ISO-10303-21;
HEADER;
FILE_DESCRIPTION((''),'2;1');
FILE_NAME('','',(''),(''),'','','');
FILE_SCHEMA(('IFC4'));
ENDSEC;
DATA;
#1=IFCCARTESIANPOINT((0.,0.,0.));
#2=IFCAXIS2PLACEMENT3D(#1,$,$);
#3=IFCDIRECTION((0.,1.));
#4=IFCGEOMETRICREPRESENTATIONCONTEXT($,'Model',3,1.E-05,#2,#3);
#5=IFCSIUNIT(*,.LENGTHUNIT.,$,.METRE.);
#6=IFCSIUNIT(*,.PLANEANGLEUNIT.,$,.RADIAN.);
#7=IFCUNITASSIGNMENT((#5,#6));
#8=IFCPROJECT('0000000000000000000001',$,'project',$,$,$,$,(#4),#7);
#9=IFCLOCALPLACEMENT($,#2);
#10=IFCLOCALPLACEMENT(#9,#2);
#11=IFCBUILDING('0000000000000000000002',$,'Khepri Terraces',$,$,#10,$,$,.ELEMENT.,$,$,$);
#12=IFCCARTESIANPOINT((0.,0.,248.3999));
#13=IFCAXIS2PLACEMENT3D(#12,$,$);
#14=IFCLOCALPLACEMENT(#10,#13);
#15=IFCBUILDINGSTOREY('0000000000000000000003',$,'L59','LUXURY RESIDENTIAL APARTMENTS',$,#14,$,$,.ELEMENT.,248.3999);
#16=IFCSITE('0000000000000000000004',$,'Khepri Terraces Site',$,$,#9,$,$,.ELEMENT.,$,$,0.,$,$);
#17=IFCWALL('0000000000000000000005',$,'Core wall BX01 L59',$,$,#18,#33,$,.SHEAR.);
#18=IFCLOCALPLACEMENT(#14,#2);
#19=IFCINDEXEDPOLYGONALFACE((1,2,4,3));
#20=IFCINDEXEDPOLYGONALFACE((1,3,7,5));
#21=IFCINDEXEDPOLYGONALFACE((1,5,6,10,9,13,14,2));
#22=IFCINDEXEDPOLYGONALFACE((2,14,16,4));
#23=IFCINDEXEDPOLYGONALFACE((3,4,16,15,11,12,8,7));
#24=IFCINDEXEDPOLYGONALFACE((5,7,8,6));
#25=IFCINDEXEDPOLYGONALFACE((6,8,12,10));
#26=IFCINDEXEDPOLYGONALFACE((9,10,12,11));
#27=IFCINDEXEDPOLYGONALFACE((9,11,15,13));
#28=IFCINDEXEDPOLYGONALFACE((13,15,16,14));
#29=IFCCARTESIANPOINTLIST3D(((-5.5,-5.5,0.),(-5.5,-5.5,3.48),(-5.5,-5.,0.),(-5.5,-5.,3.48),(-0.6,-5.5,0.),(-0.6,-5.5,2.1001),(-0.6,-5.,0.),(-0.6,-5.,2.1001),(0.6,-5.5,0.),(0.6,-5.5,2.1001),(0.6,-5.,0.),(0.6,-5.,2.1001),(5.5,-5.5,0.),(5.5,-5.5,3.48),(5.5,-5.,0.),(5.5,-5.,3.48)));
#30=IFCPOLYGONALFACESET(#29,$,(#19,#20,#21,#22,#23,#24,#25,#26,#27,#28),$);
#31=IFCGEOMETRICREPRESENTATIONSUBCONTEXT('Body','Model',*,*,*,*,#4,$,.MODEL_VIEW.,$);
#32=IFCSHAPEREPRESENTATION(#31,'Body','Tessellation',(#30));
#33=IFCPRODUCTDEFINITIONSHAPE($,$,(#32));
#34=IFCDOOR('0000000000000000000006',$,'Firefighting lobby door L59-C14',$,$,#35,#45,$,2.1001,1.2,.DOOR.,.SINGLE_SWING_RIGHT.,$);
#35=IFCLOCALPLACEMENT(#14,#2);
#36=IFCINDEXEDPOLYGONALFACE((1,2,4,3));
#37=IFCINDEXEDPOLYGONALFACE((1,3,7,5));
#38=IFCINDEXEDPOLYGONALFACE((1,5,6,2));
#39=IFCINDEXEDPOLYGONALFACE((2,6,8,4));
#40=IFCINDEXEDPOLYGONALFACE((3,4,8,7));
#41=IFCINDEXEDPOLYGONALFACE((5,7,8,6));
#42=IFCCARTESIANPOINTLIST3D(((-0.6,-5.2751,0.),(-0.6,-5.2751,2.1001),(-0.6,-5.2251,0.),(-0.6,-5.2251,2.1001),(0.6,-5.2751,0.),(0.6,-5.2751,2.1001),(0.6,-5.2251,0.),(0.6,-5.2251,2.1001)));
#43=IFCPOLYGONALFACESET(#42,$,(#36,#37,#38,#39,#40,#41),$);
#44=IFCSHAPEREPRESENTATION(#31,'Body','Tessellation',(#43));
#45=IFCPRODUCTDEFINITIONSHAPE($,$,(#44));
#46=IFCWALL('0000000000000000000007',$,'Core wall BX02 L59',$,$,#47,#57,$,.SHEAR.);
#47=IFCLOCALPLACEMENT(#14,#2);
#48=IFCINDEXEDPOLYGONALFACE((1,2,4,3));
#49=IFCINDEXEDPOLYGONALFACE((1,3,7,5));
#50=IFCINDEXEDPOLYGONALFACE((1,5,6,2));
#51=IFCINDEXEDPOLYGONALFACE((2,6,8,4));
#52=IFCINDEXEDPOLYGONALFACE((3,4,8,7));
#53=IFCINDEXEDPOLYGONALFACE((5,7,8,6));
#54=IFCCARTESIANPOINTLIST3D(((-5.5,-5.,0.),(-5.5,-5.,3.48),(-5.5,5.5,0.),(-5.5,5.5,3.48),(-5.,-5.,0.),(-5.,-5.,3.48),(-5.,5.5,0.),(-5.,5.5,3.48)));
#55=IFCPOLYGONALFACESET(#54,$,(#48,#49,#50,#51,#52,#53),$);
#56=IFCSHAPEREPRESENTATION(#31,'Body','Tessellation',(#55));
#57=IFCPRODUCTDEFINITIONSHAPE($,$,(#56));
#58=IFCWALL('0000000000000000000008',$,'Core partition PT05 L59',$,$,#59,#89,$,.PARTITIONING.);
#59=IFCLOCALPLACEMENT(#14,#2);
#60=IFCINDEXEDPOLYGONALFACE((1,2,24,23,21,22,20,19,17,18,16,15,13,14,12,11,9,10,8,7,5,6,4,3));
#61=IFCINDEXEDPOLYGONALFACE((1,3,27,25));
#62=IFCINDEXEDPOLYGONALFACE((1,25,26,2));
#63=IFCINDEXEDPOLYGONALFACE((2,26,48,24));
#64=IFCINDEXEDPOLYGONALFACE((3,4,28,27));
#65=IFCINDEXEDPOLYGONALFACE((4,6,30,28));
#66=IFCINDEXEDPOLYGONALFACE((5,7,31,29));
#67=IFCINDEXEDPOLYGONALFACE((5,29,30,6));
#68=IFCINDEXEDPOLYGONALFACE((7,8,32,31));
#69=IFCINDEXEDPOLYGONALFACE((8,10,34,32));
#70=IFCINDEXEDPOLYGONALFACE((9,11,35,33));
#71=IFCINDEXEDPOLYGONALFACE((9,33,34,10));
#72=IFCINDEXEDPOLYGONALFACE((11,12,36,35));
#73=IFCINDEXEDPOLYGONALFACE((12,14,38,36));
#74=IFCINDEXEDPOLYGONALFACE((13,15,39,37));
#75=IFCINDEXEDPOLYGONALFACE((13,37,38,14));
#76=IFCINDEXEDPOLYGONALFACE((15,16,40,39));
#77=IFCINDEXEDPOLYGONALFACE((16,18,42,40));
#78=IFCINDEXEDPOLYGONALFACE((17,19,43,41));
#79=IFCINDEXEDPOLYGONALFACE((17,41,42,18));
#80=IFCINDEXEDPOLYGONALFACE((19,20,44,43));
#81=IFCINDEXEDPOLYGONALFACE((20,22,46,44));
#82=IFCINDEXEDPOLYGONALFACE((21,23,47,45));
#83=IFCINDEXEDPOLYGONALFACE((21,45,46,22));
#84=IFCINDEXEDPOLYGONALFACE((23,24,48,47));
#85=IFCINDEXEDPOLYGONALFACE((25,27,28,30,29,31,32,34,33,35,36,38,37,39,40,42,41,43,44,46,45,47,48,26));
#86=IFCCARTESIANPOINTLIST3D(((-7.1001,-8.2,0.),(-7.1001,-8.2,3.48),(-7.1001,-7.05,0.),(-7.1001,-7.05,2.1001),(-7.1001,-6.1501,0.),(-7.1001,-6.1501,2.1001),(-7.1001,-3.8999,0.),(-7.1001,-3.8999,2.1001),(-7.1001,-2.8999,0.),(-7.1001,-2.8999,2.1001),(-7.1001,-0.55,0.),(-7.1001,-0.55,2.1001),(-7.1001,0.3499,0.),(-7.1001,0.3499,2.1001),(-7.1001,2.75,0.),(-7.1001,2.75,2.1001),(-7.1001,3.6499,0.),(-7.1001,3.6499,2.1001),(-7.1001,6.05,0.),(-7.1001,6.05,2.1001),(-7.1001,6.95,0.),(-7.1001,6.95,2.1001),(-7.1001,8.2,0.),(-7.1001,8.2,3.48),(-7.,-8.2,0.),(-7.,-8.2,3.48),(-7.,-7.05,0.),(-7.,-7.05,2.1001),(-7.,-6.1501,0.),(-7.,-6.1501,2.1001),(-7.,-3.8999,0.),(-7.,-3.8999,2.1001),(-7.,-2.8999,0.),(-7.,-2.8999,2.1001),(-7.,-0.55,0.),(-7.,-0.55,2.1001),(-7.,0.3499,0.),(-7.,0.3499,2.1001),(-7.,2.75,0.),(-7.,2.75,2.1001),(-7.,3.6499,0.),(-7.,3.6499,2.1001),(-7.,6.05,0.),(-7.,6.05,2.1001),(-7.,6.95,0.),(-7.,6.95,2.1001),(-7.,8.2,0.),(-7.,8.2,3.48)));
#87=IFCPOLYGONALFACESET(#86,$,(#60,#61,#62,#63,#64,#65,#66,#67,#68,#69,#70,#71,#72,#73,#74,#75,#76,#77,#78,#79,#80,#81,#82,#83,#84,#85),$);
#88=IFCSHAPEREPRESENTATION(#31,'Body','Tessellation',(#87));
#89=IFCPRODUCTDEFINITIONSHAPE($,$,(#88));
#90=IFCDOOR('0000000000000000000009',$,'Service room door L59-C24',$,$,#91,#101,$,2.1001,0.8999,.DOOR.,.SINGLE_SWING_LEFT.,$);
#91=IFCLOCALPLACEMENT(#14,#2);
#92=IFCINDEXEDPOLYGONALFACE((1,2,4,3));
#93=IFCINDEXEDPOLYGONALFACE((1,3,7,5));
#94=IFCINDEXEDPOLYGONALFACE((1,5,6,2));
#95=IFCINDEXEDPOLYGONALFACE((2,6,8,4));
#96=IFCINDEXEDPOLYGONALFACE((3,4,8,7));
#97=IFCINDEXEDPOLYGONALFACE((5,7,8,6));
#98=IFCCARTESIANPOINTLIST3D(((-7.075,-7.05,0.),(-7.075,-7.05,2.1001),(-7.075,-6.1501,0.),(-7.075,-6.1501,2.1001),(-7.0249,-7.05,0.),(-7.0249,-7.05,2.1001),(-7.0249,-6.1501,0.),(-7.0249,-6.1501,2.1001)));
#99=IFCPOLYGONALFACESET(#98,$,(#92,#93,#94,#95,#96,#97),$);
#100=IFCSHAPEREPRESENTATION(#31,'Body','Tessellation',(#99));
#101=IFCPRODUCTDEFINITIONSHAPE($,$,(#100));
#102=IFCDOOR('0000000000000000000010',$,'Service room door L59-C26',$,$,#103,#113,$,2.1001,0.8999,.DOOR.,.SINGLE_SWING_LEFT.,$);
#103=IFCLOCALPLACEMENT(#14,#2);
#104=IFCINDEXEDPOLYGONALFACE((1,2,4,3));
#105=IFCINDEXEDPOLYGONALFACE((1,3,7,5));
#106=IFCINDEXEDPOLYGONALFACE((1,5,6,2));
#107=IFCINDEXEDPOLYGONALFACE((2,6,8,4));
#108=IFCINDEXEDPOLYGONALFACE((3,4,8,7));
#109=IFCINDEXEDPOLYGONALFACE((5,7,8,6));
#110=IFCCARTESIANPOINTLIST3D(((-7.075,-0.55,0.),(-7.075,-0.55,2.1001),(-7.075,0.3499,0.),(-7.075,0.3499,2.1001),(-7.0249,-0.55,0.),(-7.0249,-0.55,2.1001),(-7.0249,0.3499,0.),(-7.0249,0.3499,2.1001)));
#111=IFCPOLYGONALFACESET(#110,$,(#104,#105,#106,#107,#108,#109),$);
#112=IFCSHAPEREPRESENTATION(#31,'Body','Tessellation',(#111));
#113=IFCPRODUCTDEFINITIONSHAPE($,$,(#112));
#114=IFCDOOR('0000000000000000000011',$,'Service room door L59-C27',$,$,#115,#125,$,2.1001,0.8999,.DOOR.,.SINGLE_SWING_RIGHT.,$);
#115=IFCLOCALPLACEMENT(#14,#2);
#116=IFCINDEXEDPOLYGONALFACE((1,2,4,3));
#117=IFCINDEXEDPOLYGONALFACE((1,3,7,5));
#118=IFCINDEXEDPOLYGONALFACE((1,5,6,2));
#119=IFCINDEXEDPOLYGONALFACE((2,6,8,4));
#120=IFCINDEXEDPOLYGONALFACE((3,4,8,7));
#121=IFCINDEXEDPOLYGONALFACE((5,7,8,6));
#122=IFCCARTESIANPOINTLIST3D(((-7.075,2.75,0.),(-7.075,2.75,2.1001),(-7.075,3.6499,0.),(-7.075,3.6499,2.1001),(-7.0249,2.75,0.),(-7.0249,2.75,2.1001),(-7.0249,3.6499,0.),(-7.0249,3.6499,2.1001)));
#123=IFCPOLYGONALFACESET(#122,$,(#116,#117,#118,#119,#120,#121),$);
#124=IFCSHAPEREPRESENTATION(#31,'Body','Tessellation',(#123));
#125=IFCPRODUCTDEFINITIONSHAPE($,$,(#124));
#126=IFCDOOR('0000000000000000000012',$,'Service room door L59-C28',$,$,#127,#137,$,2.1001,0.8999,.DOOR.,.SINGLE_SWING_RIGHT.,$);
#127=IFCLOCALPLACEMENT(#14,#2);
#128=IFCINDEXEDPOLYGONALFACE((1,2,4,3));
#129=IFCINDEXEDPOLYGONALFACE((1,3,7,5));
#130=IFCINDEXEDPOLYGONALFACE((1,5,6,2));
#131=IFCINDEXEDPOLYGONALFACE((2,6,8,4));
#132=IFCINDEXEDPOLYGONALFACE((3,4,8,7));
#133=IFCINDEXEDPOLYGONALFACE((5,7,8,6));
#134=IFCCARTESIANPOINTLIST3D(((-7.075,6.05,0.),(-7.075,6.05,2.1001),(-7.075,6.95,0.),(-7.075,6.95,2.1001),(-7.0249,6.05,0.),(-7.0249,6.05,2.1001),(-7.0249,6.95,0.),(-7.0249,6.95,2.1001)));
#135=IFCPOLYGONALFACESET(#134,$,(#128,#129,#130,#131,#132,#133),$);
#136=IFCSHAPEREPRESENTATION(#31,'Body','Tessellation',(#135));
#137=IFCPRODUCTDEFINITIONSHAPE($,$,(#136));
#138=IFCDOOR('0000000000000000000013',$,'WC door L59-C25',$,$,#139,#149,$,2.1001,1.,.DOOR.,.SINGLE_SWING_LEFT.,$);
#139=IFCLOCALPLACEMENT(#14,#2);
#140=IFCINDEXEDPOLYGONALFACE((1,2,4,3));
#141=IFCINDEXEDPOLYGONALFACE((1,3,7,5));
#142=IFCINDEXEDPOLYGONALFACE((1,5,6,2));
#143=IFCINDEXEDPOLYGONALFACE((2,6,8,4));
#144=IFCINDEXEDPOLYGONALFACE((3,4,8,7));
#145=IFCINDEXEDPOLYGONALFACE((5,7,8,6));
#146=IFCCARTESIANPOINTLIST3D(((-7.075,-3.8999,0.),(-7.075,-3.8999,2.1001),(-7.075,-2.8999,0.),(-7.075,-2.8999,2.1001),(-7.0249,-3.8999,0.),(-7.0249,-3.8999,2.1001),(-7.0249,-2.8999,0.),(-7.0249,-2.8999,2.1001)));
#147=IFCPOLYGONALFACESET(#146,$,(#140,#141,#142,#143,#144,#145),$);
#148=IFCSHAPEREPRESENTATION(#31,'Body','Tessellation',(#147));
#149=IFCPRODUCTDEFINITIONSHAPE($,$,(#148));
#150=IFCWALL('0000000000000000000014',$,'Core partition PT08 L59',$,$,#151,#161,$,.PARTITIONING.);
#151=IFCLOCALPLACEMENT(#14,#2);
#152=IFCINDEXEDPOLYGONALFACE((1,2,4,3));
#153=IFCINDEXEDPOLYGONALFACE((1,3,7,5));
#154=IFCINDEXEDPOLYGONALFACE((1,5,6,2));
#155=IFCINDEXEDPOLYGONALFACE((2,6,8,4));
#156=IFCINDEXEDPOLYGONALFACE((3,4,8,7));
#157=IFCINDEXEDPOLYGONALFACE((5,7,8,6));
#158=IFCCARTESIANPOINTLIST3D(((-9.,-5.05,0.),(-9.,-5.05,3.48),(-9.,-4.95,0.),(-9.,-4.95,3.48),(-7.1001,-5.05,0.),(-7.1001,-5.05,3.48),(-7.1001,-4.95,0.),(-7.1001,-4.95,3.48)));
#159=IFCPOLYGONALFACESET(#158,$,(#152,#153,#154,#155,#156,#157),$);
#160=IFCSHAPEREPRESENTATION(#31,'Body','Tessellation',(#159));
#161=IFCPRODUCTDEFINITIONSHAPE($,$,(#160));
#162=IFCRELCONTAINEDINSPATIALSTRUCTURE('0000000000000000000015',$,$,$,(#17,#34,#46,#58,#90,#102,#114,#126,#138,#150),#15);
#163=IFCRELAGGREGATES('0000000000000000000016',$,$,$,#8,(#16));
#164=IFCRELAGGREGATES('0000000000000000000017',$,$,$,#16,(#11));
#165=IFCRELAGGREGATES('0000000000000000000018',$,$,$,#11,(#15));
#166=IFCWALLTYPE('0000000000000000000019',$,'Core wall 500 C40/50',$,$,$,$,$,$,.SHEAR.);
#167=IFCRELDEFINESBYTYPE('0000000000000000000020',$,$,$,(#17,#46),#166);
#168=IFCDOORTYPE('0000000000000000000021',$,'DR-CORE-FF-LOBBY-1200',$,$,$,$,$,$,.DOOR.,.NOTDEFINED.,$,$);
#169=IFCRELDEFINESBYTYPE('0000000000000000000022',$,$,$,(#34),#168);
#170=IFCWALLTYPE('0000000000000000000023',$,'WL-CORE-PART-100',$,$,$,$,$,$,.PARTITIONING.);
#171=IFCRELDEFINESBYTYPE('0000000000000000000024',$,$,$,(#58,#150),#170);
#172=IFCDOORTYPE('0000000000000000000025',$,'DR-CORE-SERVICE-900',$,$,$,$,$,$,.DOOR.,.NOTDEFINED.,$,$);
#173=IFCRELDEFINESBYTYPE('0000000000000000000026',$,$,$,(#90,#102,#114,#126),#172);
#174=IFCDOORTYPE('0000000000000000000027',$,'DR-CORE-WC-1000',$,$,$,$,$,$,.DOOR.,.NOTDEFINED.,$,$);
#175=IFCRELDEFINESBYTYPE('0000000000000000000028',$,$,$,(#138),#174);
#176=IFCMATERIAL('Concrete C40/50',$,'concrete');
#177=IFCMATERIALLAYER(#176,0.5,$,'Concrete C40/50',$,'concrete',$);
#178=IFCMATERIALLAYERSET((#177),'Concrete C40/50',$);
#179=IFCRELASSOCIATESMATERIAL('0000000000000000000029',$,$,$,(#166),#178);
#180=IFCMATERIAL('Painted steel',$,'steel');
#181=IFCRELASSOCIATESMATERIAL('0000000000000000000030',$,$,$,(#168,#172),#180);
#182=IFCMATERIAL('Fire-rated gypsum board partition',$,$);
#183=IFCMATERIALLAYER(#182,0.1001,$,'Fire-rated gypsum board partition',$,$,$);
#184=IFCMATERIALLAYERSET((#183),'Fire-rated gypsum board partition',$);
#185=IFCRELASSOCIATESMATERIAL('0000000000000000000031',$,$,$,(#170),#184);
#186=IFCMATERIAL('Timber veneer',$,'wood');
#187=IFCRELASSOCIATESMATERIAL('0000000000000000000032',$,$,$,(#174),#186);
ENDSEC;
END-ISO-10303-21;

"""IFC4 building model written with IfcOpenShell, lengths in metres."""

from ifc_helpers import new_model, si_unit, direction, frame, frame_2d, origin, place, context, subcontext, project, spatial, rectangle, extrude, material, layer, layer_set, type_object, element, fill, save


model = new_model("IFC4")

# Units and contexts
model_context = context("Model", 3, precision=1e-05, world=origin(), true_north=direction((0.0, 1.0)))
body_context = subcontext(model_context, "Body", "Model", "MODEL_VIEW")
ifc_project = project(units=[si_unit("LENGTHUNIT", "METRE"), si_unit("PLANEANGLEUNIT", "RADIAN")], contexts=[model_context])

# Site, building, storey
site_placement = place(None, origin())
site = spatial("IfcSite", under=ifc_project, at=site_placement, Name="Khepri Terraces Site", CompositionType="ELEMENT", RefElevation=0.0)
building_placement = place(site_placement, origin())
building = spatial("IfcBuilding", under=site, at=building_placement, Name="Khepri Terraces", CompositionType="ELEMENT")
storey_placement = place(building_placement, frame((0.0, 0.0, 248.3999)))
storey = spatial("IfcBuildingStorey", under=building, at=storey_placement, Name="L59", Description="LUXURY RESIDENTIAL APARTMENTS", CompositionType="ELEMENT", Elevation=248.3999)

# Shared definitions
ifc_material_1 = material(Name="Concrete C40/50", Category="concrete")

# Shared definitions
ifc_material_2 = material(Name="Painted steel", Category="steel")

# Wall, opening, door
ifc_layer_1 = layer(ifc_material_1, 0.5, Name="Concrete C40/50", Category="concrete")
ifc_layer_set_1 = layer_set([ifc_layer_1], Name="Concrete C40/50")
wall_type_1 = type_object("IfcWallType", Name="Core wall 500 C40/50", PredefinedType="SHEAR", material=ifc_layer_set_1)
wall_1_placement = place(storey_placement, frame((-5.5, -5.25, 0.0), z_axis=(0.0, 0.0, 1.0), x_axis=(1.0, 0.0, 0.0)))
wall_1 = element("IfcWall", 1, at=wall_1_placement, inside=storey, type_object=wall_type_1, Name="Core wall BX01 L59", PredefinedType="SHEAR", context=body_context, shape_type="SweptSolid", body=[
    extrude(rectangle(XDim=11.0, YDim=0.5, at=frame_2d((5.5, 0.0))), origin(), (0.0, 0.0, 1.0), 3.48),
])
opening_1_placement = place(wall_1_placement, frame((4.8999, 0.0, 0.0)))
opening_1 = element("IfcOpeningElement", 2, at=opening_1_placement, cuts=wall_1, PredefinedType="OPENING", context=body_context, shape_type="SweptSolid", body=[
    extrude(rectangle(XDim=1.2, YDim=2.1001, at=frame_2d((0.6001, 1.05))), frame((0.0, 0.26, 0.0), z_axis=(0.0, -1.0, 0.0), x_axis=(1.0, 0.0, 0.0)), (0.0, 0.0, 1.0), 0.52),
])
door_type_1 = type_object("IfcDoorType", Name="DR-CORE-FF-LOBBY-1200", OperationType="NOTDEFINED", PredefinedType="DOOR", material=ifc_material_2)
door_1_placement = place(opening_1_placement, origin())
door_1 = element("IfcDoor", 3, at=door_1_placement, inside=storey, type_object=door_type_1, Name="Firefighting lobby door L59-C14", OperationType="SINGLE_SWING_RIGHT", OverallHeight=2.1001, OverallWidth=1.2, PredefinedType="DOOR", context=body_context, shape_type="SweptSolid", body=[
    extrude(rectangle(XDim=1.2, YDim=2.1001, at=frame_2d((0.6001, 1.05))), frame((0.0, 0.0249, 0.0), z_axis=(0.0, -1.0, 0.0), x_axis=(1.0, 0.0, 0.0)), (0.0, 0.0, 1.0), 0.05),
])
fill(opening_1, door_1)

# Wall
wall_2_placement = place(storey_placement, frame((-5.25, -5.0, 0.0), z_axis=(0.0, 0.0, 1.0), x_axis=(0.0, 1.0, 0.0)))
element("IfcWall", 4, at=wall_2_placement, inside=storey, type_object=wall_type_1, Name="Core wall BX02 L59", PredefinedType="SHEAR", context=body_context, shape_type="SweptSolid", body=[
    extrude(rectangle(XDim=10.5, YDim=0.5, at=frame_2d((5.25, 0.0))), origin(), (0.0, 0.0, 1.0), 3.48),
])

# Wall, openings, doors
ifc_material_3 = material(Name="Fire-rated gypsum board partition")
ifc_layer_2 = layer(ifc_material_3, 0.1001, Name="Fire-rated gypsum board partition")
ifc_layer_set_2 = layer_set([ifc_layer_2], Name="Fire-rated gypsum board partition")
wall_type_2 = type_object("IfcWallType", Name="WL-CORE-PART-100", PredefinedType="PARTITIONING", material=ifc_layer_set_2)
wall_3_placement = place(storey_placement, frame((-7.05, -8.2, 0.0), z_axis=(0.0, 0.0, 1.0), x_axis=(0.0, 1.0, 0.0)))
wall_3 = element("IfcWall", 5, at=wall_3_placement, inside=storey, type_object=wall_type_2, Name="Core partition PT05 L59", PredefinedType="PARTITIONING", context=body_context, shape_type="SweptSolid", body=[
    extrude(rectangle(XDim=16.3999, YDim=0.1001, at=frame_2d((8.2, 0.0))), origin(), (0.0, 0.0, 1.0), 3.48),
])
opening_2_placement = place(wall_3_placement, frame((1.1499, 0.0, 0.0)))
opening_2 = element("IfcOpeningElement", 6, at=opening_2_placement, cuts=wall_3, PredefinedType="OPENING", context=body_context, shape_type="SweptSolid", body=[
    extrude(rectangle(XDim=0.8999, YDim=2.1001, at=frame_2d((0.45, 1.05))), frame((0.0, 0.0601, 0.0), z_axis=(0.0, -1.0, 0.0), x_axis=(1.0, 0.0, 0.0)), (0.0, 0.0, 1.0), 0.1201),
])
opening_3_placement = place(wall_3_placement, frame((4.3, 0.0, 0.0)))
opening_3 = element("IfcOpeningElement", 7, at=opening_3_placement, cuts=wall_3, PredefinedType="OPENING", context=body_context, shape_type="SweptSolid", body=[
    extrude(rectangle(XDim=1.0, YDim=2.1001, at=frame_2d((0.5, 1.05))), frame((0.0, 0.0601, 0.0), z_axis=(0.0, -1.0, 0.0), x_axis=(1.0, 0.0, 0.0)), (0.0, 0.0, 1.0), 0.1201),
])
opening_4_placement = place(wall_3_placement, frame((7.6499, 0.0, 0.0)))
opening_4 = element("IfcOpeningElement", 8, at=opening_4_placement, cuts=wall_3, PredefinedType="OPENING", context=body_context, shape_type="SweptSolid", body=[
    extrude(rectangle(XDim=0.8999, YDim=2.1001, at=frame_2d((0.45, 1.05))), frame((0.0, 0.0601, 0.0), z_axis=(0.0, -1.0, 0.0), x_axis=(1.0, 0.0, 0.0)), (0.0, 0.0, 1.0), 0.1201),
])
opening_5_placement = place(wall_3_placement, frame((10.95, 0.0, 0.0)))
opening_5 = element("IfcOpeningElement", 9, at=opening_5_placement, cuts=wall_3, PredefinedType="OPENING", context=body_context, shape_type="SweptSolid", body=[
    extrude(rectangle(XDim=0.8999, YDim=2.1001, at=frame_2d((0.45, 1.05))), frame((0.0, 0.0601, 0.0), z_axis=(0.0, -1.0, 0.0), x_axis=(1.0, 0.0, 0.0)), (0.0, 0.0, 1.0), 0.1201),
])
opening_6_placement = place(wall_3_placement, frame((14.25, 0.0, 0.0)))
opening_6 = element("IfcOpeningElement", 10, at=opening_6_placement, cuts=wall_3, PredefinedType="OPENING", context=body_context, shape_type="SweptSolid", body=[
    extrude(rectangle(XDim=0.8999, YDim=2.1001, at=frame_2d((0.45, 1.05))), frame((0.0, 0.0601, 0.0), z_axis=(0.0, -1.0, 0.0), x_axis=(1.0, 0.0, 0.0)), (0.0, 0.0, 1.0), 0.1201),
])
door_type_2 = type_object("IfcDoorType", Name="DR-CORE-SERVICE-900", OperationType="NOTDEFINED", PredefinedType="DOOR", material=ifc_material_2)
door_2_placement = place(opening_2_placement, origin())
door_2 = element("IfcDoor", 11, at=door_2_placement, inside=storey, type_object=door_type_2, Name="Service room door L59-C24", OperationType="SINGLE_SWING_LEFT", OverallHeight=2.1001, OverallWidth=0.8999, PredefinedType="DOOR", context=body_context, shape_type="SweptSolid", body=[
    extrude(rectangle(XDim=0.8999, YDim=2.1001, at=frame_2d((0.45, 1.05))), frame((0.0, 0.0249, 0.0), z_axis=(0.0, -1.0, 0.0), x_axis=(1.0, 0.0, 0.0)), (0.0, 0.0, 1.0), 0.05),
])
fill(opening_2, door_2)
door_3_placement = place(opening_4_placement, origin())
door_3 = element("IfcDoor", 12, at=door_3_placement, inside=storey, type_object=door_type_2, Name="Service room door L59-C26", OperationType="SINGLE_SWING_LEFT", OverallHeight=2.1001, OverallWidth=0.8999, PredefinedType="DOOR", context=body_context, shape_type="SweptSolid", body=[
    extrude(rectangle(XDim=0.8999, YDim=2.1001, at=frame_2d((0.45, 1.05))), frame((0.0, 0.0249, 0.0), z_axis=(0.0, -1.0, 0.0), x_axis=(1.0, 0.0, 0.0)), (0.0, 0.0, 1.0), 0.05),
])
fill(opening_4, door_3)
door_4_placement = place(opening_5_placement, origin())
door_4 = element("IfcDoor", 13, at=door_4_placement, inside=storey, type_object=door_type_2, Name="Service room door L59-C27", OperationType="SINGLE_SWING_RIGHT", OverallHeight=2.1001, OverallWidth=0.8999, PredefinedType="DOOR", context=body_context, shape_type="SweptSolid", body=[
    extrude(rectangle(XDim=0.8999, YDim=2.1001, at=frame_2d((0.45, 1.05))), frame((0.0, 0.0249, 0.0), z_axis=(0.0, -1.0, 0.0), x_axis=(1.0, 0.0, 0.0)), (0.0, 0.0, 1.0), 0.05),
])
fill(opening_5, door_4)
door_5_placement = place(opening_6_placement, origin())
door_5 = element("IfcDoor", 14, at=door_5_placement, inside=storey, type_object=door_type_2, Name="Service room door L59-C28", OperationType="SINGLE_SWING_RIGHT", OverallHeight=2.1001, OverallWidth=0.8999, PredefinedType="DOOR", context=body_context, shape_type="SweptSolid", body=[
    extrude(rectangle(XDim=0.8999, YDim=2.1001, at=frame_2d((0.45, 1.05))), frame((0.0, 0.0249, 0.0), z_axis=(0.0, -1.0, 0.0), x_axis=(1.0, 0.0, 0.0)), (0.0, 0.0, 1.0), 0.05),
])
fill(opening_6, door_5)
ifc_material_4 = material(Name="Timber veneer", Category="wood")
door_type_3 = type_object("IfcDoorType", Name="DR-CORE-WC-1000", OperationType="NOTDEFINED", PredefinedType="DOOR", material=ifc_material_4)
door_6_placement = place(opening_3_placement, origin())
door_6 = element("IfcDoor", 15, at=door_6_placement, inside=storey, type_object=door_type_3, Name="WC door L59-C25", OperationType="SINGLE_SWING_LEFT", OverallHeight=2.1001, OverallWidth=1.0, PredefinedType="DOOR", context=body_context, shape_type="SweptSolid", body=[
    extrude(rectangle(XDim=1.0, YDim=2.1001, at=frame_2d((0.5, 1.05))), frame((0.0, 0.0249, 0.0), z_axis=(0.0, -1.0, 0.0), x_axis=(1.0, 0.0, 0.0)), (0.0, 0.0, 1.0), 0.05),
])
fill(opening_3, door_6)

# Wall
for number, where, z_axis, x_axis, name in (
    (16, (-9.0, -5.0, 0.0), (0.0, 0.0, 1.0), (1.0, 0.0, 0.0), "Core partition PT08 L59"),
):
    element("IfcWall", number, at=place(storey_placement, frame(where, z_axis=z_axis, x_axis=x_axis)), inside=storey, type_object=wall_type_2, Name=name, PredefinedType="PARTITIONING", context=body_context, shape_type="SweptSolid", body=[
        extrude(rectangle(XDim=1.8999, YDim=0.1001, at=frame_2d((0.95, 0.0))), origin(), (0.0, 0.0, 1.0), 3.48),
    ])

save(model, "model.ifc")
